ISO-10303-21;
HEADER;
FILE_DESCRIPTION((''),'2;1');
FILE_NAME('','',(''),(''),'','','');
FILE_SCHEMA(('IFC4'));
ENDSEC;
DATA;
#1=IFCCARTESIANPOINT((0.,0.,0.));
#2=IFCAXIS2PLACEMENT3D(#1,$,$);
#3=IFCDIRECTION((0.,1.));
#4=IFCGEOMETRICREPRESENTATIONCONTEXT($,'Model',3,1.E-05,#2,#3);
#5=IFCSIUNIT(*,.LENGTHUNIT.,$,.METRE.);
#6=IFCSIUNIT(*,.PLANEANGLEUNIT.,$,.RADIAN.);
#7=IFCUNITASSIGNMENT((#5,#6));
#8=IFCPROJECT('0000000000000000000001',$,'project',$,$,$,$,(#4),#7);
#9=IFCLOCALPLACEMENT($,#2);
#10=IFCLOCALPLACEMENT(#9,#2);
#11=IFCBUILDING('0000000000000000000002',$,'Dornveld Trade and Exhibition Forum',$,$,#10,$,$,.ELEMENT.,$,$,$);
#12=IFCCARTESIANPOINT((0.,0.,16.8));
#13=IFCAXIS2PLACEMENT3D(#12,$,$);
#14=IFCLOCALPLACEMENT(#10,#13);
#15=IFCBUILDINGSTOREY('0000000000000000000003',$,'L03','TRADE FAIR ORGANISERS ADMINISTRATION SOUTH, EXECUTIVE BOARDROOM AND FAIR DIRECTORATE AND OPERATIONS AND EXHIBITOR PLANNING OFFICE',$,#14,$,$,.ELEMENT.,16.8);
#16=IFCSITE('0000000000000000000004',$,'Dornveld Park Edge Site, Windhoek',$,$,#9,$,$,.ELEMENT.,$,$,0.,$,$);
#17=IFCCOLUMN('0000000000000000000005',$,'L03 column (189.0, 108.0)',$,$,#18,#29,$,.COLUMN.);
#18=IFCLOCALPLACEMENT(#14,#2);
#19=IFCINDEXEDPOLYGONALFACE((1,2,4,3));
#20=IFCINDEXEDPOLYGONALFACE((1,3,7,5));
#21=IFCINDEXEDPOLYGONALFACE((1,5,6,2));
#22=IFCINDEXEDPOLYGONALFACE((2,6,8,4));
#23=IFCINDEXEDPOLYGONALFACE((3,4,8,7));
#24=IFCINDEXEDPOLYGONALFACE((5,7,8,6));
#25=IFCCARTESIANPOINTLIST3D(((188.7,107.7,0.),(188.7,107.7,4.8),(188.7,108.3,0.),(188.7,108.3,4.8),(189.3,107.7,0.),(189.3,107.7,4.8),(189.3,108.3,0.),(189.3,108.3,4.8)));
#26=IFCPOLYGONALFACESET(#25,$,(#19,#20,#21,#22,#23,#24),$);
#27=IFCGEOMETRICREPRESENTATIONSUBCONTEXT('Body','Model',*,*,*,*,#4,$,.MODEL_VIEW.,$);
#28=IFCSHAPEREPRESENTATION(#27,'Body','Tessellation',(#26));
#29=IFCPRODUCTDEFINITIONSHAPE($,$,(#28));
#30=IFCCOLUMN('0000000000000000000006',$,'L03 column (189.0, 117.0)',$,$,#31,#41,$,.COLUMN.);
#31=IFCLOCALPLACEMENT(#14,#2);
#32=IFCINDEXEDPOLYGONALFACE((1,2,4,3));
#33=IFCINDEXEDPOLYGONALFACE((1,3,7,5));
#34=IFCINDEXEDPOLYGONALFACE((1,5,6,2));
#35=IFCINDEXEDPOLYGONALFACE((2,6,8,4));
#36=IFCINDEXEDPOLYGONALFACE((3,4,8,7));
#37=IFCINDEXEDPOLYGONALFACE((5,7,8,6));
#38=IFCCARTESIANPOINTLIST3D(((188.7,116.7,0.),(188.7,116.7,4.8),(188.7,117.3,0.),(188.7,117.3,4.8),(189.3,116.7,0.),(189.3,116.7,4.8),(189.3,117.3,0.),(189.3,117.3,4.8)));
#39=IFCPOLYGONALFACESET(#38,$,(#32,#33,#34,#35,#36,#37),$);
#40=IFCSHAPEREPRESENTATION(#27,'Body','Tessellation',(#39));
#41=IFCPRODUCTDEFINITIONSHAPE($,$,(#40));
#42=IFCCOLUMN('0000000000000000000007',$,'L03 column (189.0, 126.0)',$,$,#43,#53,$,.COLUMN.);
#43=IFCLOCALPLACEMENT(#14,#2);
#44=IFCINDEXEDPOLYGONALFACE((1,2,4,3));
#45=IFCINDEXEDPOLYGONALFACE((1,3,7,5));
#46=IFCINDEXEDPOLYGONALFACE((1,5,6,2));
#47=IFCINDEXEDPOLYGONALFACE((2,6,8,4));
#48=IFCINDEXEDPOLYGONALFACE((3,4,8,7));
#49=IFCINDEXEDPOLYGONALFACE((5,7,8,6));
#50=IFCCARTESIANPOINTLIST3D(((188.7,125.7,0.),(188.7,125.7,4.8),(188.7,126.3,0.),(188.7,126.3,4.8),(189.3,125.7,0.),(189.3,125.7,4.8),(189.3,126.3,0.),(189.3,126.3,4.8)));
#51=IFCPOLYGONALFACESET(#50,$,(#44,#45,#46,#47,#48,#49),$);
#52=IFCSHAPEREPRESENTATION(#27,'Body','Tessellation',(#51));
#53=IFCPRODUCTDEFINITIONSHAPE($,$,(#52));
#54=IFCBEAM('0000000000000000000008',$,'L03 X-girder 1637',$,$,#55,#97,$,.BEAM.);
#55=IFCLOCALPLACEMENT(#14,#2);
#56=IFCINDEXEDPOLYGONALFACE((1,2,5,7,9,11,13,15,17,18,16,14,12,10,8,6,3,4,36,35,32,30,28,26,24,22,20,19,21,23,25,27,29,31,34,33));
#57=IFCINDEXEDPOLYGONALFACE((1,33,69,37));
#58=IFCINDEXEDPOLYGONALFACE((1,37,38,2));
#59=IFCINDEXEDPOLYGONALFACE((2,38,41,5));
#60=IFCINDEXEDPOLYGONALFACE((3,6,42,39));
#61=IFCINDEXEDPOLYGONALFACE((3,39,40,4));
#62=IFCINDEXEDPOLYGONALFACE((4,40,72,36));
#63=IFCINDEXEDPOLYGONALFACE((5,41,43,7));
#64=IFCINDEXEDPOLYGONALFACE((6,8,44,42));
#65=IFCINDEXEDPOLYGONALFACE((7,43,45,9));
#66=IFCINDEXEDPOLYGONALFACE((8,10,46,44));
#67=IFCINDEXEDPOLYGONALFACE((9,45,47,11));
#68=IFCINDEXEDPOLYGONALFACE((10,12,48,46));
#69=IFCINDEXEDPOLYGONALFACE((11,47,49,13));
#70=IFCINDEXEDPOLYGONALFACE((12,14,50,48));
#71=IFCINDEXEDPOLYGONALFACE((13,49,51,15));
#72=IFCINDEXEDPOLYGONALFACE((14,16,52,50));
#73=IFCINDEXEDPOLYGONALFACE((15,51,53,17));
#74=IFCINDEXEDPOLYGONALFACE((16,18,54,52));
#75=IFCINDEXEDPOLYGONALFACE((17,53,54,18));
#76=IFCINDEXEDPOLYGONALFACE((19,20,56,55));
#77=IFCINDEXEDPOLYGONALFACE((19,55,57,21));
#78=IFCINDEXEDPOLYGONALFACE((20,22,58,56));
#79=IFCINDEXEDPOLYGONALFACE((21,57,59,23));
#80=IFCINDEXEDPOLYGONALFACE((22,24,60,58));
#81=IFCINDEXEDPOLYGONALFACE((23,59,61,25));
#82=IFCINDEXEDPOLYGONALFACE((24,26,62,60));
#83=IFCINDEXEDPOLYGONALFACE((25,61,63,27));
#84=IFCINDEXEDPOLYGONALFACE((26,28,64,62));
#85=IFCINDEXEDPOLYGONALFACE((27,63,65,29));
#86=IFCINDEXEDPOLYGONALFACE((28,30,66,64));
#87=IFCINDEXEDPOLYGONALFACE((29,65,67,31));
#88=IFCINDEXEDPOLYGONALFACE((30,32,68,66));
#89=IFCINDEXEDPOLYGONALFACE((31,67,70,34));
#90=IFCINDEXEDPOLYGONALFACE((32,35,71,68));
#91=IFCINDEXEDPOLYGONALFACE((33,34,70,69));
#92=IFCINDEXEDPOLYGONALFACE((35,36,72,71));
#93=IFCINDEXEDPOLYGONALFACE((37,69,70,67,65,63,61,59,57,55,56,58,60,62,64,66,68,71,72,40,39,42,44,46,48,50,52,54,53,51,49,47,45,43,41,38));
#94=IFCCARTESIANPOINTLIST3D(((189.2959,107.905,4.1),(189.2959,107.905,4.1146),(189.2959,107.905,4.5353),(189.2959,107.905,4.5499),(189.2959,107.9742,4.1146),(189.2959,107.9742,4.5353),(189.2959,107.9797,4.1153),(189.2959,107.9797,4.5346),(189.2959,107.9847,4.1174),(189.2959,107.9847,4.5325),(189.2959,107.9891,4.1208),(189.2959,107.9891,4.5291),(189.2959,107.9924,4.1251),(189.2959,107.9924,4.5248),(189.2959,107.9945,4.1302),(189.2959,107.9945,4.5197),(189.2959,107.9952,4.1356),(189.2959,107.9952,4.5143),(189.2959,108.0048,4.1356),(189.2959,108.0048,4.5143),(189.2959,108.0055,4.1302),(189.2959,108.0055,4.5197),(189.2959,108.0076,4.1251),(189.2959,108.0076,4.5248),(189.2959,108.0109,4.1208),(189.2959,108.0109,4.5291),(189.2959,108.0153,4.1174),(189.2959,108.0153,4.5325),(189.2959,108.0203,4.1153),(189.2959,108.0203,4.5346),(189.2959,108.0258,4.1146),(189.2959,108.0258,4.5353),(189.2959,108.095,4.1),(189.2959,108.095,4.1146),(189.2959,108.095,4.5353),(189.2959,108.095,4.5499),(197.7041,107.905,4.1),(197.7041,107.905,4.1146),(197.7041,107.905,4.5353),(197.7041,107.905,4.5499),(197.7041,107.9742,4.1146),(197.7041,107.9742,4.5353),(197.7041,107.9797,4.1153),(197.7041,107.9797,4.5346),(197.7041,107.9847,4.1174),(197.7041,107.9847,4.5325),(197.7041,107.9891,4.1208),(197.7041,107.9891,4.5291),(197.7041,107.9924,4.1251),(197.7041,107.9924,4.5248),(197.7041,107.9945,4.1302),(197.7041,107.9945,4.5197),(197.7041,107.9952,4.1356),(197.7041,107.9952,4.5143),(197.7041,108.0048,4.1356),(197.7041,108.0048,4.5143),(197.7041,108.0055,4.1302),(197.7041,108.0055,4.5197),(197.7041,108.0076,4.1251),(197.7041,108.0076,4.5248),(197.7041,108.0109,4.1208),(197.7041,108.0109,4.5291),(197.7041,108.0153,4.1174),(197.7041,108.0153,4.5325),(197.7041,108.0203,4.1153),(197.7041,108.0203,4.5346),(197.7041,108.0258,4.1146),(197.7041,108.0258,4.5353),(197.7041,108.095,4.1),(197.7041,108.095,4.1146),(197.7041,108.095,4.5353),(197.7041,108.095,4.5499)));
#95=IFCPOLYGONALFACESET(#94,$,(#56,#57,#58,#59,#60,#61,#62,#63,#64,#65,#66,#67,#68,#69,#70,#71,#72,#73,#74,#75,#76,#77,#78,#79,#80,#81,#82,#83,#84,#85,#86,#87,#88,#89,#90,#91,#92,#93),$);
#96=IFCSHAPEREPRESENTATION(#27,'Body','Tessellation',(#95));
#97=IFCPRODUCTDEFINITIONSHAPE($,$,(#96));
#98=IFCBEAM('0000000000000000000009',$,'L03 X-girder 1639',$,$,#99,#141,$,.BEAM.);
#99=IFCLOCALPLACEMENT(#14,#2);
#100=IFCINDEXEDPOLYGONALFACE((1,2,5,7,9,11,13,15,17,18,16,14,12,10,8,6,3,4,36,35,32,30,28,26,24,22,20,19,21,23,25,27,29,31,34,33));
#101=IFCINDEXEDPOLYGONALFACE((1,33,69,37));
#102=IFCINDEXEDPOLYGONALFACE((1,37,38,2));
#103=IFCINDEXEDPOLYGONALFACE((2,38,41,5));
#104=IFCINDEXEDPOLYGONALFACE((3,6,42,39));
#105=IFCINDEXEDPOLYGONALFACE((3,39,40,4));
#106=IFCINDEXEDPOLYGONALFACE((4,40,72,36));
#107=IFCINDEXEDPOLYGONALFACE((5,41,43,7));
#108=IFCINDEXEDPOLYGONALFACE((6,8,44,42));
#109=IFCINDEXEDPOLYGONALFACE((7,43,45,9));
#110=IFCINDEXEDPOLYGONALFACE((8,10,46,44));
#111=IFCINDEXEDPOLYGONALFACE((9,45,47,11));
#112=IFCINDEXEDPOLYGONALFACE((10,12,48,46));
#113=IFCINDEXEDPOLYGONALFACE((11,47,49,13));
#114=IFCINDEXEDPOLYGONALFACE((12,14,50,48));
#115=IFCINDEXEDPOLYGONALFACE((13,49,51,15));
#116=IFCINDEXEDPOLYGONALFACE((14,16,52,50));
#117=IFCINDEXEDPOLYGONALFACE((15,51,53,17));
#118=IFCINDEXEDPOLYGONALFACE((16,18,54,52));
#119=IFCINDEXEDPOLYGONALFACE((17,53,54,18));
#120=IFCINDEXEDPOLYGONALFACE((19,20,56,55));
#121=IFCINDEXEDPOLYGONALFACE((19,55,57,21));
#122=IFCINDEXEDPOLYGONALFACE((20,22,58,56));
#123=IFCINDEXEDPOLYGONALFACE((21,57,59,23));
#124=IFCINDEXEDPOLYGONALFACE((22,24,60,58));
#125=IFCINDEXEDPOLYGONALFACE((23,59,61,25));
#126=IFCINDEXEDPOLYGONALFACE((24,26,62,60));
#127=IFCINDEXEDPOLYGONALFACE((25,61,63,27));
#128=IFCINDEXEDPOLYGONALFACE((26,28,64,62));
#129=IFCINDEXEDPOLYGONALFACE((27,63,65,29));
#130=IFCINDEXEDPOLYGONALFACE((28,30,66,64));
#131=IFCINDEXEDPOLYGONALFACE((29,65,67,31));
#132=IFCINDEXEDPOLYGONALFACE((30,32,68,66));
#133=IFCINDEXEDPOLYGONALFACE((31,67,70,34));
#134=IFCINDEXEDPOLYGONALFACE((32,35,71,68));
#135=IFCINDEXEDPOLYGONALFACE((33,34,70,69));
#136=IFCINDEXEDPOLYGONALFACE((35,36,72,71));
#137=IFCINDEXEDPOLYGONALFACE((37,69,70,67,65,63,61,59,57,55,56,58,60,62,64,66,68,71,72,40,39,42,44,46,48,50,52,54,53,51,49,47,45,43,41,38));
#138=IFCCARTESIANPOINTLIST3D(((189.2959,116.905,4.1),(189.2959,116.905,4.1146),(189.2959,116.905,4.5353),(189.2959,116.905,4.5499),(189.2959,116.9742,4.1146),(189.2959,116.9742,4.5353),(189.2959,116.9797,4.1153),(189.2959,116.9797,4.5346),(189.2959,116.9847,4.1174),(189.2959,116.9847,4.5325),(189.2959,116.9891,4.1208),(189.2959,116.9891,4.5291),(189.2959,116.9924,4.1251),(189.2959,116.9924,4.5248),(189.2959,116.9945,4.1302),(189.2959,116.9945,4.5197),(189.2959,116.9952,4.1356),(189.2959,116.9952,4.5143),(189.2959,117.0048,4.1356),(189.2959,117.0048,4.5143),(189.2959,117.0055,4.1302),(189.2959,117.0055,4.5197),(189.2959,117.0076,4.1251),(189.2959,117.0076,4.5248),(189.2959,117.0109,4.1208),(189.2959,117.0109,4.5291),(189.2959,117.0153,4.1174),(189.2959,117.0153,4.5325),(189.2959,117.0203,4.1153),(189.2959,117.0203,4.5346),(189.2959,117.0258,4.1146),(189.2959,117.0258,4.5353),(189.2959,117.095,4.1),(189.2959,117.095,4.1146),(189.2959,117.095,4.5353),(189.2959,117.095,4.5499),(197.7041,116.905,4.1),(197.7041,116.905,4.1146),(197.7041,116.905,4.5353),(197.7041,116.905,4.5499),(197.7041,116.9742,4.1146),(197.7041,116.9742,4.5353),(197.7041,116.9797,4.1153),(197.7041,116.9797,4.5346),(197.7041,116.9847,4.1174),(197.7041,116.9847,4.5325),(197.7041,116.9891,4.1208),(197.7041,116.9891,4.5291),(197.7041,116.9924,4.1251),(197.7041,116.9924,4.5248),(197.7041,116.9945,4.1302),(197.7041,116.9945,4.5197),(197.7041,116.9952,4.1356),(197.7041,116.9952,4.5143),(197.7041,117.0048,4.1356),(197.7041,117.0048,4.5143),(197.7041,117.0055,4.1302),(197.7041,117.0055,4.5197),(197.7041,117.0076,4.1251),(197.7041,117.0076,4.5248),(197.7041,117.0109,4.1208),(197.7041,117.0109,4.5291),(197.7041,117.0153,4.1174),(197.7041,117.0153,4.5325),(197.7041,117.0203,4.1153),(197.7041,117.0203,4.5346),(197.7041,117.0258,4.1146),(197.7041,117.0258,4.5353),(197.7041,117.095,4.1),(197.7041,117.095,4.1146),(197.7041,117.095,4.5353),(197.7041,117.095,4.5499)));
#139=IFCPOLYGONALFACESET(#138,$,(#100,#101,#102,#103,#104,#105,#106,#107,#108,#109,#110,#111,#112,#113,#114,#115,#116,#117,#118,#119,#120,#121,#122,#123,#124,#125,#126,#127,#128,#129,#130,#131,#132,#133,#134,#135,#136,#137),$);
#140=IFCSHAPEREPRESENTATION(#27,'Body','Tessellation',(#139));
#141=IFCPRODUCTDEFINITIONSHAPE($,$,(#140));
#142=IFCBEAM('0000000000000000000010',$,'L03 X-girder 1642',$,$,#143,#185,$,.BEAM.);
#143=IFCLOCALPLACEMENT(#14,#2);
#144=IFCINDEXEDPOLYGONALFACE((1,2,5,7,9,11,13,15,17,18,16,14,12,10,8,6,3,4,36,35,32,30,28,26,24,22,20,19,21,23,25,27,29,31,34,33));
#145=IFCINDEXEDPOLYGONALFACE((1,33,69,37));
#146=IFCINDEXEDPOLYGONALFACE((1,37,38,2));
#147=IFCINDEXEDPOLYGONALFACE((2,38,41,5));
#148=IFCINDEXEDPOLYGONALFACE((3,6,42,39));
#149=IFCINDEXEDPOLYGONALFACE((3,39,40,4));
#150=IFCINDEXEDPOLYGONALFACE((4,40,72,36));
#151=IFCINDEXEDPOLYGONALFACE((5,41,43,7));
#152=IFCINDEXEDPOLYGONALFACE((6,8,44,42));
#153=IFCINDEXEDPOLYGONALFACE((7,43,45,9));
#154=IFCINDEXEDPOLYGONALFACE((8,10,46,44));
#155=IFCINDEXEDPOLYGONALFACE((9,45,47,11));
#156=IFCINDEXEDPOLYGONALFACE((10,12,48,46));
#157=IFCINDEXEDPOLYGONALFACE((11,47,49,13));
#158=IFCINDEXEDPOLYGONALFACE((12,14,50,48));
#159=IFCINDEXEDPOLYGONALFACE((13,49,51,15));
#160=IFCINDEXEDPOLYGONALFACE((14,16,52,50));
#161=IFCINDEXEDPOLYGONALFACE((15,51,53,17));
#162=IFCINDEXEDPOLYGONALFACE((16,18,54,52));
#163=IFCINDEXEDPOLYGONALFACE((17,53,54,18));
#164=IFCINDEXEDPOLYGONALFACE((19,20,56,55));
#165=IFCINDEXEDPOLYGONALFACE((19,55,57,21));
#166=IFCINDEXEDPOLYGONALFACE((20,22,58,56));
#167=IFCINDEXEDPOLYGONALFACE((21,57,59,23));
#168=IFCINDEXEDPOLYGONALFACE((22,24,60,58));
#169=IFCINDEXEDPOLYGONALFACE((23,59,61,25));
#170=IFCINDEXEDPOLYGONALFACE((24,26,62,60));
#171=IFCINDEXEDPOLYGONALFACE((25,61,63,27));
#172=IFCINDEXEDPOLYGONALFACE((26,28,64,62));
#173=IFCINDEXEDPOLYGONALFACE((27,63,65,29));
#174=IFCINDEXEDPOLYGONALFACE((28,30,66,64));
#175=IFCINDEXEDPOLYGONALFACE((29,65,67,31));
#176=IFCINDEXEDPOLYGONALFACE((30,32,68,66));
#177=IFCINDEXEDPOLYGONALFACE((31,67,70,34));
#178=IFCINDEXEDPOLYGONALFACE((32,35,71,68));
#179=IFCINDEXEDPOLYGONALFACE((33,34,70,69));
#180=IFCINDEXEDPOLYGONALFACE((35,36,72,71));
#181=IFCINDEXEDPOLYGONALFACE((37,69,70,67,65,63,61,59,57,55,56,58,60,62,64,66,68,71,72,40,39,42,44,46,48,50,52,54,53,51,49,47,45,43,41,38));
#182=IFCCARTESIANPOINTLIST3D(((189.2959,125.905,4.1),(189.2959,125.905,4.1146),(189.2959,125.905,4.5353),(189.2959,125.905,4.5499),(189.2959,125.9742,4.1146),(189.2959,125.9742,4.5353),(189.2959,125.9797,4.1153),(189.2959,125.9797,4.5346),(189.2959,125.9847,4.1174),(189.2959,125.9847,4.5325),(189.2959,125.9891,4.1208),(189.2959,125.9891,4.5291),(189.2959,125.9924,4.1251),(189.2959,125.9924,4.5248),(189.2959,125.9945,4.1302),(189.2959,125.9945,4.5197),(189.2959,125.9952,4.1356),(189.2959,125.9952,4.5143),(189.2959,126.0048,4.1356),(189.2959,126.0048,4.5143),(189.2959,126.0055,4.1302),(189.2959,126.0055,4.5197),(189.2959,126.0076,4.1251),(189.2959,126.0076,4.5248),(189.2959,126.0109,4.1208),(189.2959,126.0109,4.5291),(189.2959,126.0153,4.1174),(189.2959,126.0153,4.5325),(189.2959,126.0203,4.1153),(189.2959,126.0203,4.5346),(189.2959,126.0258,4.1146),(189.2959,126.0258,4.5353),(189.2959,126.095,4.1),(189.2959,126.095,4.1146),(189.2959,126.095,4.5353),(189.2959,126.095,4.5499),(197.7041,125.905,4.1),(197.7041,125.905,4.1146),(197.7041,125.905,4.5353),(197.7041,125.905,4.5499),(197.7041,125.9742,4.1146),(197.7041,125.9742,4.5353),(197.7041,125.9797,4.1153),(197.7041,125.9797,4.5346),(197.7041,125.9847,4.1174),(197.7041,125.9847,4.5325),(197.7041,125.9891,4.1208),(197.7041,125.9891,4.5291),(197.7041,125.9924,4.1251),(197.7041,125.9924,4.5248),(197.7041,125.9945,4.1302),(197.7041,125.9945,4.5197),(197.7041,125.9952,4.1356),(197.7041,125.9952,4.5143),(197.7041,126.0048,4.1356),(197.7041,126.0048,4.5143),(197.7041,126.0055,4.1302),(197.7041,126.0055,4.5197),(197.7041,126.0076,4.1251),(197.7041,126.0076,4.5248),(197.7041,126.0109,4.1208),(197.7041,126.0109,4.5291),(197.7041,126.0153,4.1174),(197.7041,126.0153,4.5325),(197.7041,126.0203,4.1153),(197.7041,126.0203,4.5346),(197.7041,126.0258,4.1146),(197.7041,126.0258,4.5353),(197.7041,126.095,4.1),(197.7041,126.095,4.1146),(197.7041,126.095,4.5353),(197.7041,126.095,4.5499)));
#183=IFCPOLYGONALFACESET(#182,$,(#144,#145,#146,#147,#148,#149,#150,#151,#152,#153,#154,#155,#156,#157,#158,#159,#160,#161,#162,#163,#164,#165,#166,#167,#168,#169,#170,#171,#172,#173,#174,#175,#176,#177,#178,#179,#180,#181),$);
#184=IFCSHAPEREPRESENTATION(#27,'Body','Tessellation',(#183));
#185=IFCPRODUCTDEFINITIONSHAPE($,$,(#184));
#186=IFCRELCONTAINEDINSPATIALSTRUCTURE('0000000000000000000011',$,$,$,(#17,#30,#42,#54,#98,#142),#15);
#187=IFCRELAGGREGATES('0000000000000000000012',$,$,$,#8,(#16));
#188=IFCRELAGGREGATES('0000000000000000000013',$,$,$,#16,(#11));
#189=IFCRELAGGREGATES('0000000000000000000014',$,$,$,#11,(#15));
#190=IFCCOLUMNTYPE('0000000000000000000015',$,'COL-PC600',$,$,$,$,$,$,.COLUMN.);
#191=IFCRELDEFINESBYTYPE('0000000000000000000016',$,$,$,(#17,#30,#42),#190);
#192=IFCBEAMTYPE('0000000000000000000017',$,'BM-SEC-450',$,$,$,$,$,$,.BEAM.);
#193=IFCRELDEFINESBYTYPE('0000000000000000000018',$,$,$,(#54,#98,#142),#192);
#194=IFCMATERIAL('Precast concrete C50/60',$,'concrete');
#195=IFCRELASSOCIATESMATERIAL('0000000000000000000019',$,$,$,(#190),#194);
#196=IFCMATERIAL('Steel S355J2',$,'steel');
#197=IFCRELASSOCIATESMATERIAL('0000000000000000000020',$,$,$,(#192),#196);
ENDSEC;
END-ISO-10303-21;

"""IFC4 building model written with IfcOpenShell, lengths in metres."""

from ifc_helpers import new_model, si_unit, direction, frame, origin, origin_2d, place, context, subcontext, project, spatial, rectangle, i_section, extrude, material, material_profile, profile_set, type_object, element, save


model = new_model("IFC4")

# Units and contexts
model_context = context("Model", 3, precision=1e-05, world=origin(), true_north=direction((0.0, 1.0)))
body_context = subcontext(model_context, "Body", "Model", "MODEL_VIEW")
ifc_project = project(units=[si_unit("LENGTHUNIT", "METRE"), si_unit("PLANEANGLEUNIT", "RADIAN")], contexts=[model_context])

# Site, building, storey
site_placement = place(None, origin())
site = spatial("IfcSite", under=ifc_project, at=site_placement, Name="Dornveld Park Edge Site, Windhoek", CompositionType="ELEMENT", RefElevation=0.0)
building_placement = place(site_placement, origin())
building = spatial("IfcBuilding", under=site, at=building_placement, Name="Dornveld Trade and Exhibition Forum", CompositionType="ELEMENT")
storey_placement = place(building_placement, frame((0.0, 0.0, 16.8)))
storey = spatial("IfcBuildingStorey", under=building, at=storey_placement, Name="L03", Description="TRADE FAIR ORGANISERS ADMINISTRATION SOUTH, EXECUTIVE BOARDROOM AND FAIR DIRECTORATE AND OPERATIONS AND EXHIBITOR PLANNING OFFICE", CompositionType="ELEMENT", Elevation=16.8)

# Columns
ifc_material_1 = material(Name="Precast concrete C50/60", Category="concrete")
ifc_material_profile_1 = material_profile(ifc_material_1, rectangle(XDim=0.6001, YDim=0.6001, at=origin_2d()), Name="PC-COL 600x600")
ifc_profile_set_1 = profile_set([ifc_material_profile_1], Name="Precast concrete C50/60")
column_type = type_object("IfcColumnType", Name="COL-PC600", PredefinedType="COLUMN", material=ifc_profile_set_1)
for number, where, z_axis, x_axis, name in (
    (1, (189.0, 108.0, 0.0), (0.0, 0.0, 1.0), (1.0, 0.0, 0.0), "L03 column (189.0, 108.0)"),
    (2, (189.0, 117.0, 0.0), (0.0, 0.0, 1.0), (1.0, 0.0, 0.0), "L03 column (189.0, 117.0)"),
    (3, (189.0, 126.0, 0.0), (0.0, 0.0, 1.0), (1.0, 0.0, 0.0), "L03 column (189.0, 126.0)"),
):
    element("IfcColumn", number, at=place(storey_placement, frame(where, z_axis=z_axis, x_axis=x_axis)), inside=storey, type_object=column_type, Name=name, PredefinedType="COLUMN", context=body_context, shape_type="SweptSolid", body=[
        extrude(rectangle(XDim=0.6001, YDim=0.6001, at=origin_2d()), origin(), (0.0, 0.0, 1.0), 4.8),
    ])

# Beams
ifc_material_2 = material(Name="Steel S355J2", Category="steel")
ifc_material_profile_2 = material_profile(ifc_material_2, i_section(OverallWidth=0.1899, OverallDepth=0.45, WebThickness=0.0095, FlangeThickness=0.0146, FilletRadius=0.021, at=origin_2d()), Name="IPE 450")
ifc_profile_set_2 = profile_set([ifc_material_profile_2], Name="Steel S355J2")
beam_type = type_object("IfcBeamType", Name="BM-SEC-450", PredefinedType="BEAM", material=ifc_profile_set_2)
for number, where, z_axis, x_axis, name in (
    (4, (189.2959, 108.0, 4.325), (1.0, 0.0, 0.0), (0.0, 1.0, 0.0), "L03 X-girder 1637"),
    (5, (189.2959, 117.0, 4.325), (1.0, 0.0, 0.0), (0.0, 1.0, 0.0), "L03 X-girder 1639"),
    (6, (189.2959, 126.0, 4.325), (1.0, 0.0, 0.0), (0.0, 1.0, 0.0), "L03 X-girder 1642"),
):
    element("IfcBeam", number, at=place(storey_placement, frame(where, z_axis=z_axis, x_axis=x_axis)), inside=storey, type_object=beam_type, Name=name, PredefinedType="BEAM", context=body_context, shape_type="SweptSolid", body=[
        extrude(i_section(OverallWidth=0.1899, OverallDepth=0.45, WebThickness=0.0095, FlangeThickness=0.0146, FilletRadius=0.021, at=origin_2d()), origin(), (0.0, 0.0, 1.0), 8.4082),
    ])

save(model, "model.ifc")
